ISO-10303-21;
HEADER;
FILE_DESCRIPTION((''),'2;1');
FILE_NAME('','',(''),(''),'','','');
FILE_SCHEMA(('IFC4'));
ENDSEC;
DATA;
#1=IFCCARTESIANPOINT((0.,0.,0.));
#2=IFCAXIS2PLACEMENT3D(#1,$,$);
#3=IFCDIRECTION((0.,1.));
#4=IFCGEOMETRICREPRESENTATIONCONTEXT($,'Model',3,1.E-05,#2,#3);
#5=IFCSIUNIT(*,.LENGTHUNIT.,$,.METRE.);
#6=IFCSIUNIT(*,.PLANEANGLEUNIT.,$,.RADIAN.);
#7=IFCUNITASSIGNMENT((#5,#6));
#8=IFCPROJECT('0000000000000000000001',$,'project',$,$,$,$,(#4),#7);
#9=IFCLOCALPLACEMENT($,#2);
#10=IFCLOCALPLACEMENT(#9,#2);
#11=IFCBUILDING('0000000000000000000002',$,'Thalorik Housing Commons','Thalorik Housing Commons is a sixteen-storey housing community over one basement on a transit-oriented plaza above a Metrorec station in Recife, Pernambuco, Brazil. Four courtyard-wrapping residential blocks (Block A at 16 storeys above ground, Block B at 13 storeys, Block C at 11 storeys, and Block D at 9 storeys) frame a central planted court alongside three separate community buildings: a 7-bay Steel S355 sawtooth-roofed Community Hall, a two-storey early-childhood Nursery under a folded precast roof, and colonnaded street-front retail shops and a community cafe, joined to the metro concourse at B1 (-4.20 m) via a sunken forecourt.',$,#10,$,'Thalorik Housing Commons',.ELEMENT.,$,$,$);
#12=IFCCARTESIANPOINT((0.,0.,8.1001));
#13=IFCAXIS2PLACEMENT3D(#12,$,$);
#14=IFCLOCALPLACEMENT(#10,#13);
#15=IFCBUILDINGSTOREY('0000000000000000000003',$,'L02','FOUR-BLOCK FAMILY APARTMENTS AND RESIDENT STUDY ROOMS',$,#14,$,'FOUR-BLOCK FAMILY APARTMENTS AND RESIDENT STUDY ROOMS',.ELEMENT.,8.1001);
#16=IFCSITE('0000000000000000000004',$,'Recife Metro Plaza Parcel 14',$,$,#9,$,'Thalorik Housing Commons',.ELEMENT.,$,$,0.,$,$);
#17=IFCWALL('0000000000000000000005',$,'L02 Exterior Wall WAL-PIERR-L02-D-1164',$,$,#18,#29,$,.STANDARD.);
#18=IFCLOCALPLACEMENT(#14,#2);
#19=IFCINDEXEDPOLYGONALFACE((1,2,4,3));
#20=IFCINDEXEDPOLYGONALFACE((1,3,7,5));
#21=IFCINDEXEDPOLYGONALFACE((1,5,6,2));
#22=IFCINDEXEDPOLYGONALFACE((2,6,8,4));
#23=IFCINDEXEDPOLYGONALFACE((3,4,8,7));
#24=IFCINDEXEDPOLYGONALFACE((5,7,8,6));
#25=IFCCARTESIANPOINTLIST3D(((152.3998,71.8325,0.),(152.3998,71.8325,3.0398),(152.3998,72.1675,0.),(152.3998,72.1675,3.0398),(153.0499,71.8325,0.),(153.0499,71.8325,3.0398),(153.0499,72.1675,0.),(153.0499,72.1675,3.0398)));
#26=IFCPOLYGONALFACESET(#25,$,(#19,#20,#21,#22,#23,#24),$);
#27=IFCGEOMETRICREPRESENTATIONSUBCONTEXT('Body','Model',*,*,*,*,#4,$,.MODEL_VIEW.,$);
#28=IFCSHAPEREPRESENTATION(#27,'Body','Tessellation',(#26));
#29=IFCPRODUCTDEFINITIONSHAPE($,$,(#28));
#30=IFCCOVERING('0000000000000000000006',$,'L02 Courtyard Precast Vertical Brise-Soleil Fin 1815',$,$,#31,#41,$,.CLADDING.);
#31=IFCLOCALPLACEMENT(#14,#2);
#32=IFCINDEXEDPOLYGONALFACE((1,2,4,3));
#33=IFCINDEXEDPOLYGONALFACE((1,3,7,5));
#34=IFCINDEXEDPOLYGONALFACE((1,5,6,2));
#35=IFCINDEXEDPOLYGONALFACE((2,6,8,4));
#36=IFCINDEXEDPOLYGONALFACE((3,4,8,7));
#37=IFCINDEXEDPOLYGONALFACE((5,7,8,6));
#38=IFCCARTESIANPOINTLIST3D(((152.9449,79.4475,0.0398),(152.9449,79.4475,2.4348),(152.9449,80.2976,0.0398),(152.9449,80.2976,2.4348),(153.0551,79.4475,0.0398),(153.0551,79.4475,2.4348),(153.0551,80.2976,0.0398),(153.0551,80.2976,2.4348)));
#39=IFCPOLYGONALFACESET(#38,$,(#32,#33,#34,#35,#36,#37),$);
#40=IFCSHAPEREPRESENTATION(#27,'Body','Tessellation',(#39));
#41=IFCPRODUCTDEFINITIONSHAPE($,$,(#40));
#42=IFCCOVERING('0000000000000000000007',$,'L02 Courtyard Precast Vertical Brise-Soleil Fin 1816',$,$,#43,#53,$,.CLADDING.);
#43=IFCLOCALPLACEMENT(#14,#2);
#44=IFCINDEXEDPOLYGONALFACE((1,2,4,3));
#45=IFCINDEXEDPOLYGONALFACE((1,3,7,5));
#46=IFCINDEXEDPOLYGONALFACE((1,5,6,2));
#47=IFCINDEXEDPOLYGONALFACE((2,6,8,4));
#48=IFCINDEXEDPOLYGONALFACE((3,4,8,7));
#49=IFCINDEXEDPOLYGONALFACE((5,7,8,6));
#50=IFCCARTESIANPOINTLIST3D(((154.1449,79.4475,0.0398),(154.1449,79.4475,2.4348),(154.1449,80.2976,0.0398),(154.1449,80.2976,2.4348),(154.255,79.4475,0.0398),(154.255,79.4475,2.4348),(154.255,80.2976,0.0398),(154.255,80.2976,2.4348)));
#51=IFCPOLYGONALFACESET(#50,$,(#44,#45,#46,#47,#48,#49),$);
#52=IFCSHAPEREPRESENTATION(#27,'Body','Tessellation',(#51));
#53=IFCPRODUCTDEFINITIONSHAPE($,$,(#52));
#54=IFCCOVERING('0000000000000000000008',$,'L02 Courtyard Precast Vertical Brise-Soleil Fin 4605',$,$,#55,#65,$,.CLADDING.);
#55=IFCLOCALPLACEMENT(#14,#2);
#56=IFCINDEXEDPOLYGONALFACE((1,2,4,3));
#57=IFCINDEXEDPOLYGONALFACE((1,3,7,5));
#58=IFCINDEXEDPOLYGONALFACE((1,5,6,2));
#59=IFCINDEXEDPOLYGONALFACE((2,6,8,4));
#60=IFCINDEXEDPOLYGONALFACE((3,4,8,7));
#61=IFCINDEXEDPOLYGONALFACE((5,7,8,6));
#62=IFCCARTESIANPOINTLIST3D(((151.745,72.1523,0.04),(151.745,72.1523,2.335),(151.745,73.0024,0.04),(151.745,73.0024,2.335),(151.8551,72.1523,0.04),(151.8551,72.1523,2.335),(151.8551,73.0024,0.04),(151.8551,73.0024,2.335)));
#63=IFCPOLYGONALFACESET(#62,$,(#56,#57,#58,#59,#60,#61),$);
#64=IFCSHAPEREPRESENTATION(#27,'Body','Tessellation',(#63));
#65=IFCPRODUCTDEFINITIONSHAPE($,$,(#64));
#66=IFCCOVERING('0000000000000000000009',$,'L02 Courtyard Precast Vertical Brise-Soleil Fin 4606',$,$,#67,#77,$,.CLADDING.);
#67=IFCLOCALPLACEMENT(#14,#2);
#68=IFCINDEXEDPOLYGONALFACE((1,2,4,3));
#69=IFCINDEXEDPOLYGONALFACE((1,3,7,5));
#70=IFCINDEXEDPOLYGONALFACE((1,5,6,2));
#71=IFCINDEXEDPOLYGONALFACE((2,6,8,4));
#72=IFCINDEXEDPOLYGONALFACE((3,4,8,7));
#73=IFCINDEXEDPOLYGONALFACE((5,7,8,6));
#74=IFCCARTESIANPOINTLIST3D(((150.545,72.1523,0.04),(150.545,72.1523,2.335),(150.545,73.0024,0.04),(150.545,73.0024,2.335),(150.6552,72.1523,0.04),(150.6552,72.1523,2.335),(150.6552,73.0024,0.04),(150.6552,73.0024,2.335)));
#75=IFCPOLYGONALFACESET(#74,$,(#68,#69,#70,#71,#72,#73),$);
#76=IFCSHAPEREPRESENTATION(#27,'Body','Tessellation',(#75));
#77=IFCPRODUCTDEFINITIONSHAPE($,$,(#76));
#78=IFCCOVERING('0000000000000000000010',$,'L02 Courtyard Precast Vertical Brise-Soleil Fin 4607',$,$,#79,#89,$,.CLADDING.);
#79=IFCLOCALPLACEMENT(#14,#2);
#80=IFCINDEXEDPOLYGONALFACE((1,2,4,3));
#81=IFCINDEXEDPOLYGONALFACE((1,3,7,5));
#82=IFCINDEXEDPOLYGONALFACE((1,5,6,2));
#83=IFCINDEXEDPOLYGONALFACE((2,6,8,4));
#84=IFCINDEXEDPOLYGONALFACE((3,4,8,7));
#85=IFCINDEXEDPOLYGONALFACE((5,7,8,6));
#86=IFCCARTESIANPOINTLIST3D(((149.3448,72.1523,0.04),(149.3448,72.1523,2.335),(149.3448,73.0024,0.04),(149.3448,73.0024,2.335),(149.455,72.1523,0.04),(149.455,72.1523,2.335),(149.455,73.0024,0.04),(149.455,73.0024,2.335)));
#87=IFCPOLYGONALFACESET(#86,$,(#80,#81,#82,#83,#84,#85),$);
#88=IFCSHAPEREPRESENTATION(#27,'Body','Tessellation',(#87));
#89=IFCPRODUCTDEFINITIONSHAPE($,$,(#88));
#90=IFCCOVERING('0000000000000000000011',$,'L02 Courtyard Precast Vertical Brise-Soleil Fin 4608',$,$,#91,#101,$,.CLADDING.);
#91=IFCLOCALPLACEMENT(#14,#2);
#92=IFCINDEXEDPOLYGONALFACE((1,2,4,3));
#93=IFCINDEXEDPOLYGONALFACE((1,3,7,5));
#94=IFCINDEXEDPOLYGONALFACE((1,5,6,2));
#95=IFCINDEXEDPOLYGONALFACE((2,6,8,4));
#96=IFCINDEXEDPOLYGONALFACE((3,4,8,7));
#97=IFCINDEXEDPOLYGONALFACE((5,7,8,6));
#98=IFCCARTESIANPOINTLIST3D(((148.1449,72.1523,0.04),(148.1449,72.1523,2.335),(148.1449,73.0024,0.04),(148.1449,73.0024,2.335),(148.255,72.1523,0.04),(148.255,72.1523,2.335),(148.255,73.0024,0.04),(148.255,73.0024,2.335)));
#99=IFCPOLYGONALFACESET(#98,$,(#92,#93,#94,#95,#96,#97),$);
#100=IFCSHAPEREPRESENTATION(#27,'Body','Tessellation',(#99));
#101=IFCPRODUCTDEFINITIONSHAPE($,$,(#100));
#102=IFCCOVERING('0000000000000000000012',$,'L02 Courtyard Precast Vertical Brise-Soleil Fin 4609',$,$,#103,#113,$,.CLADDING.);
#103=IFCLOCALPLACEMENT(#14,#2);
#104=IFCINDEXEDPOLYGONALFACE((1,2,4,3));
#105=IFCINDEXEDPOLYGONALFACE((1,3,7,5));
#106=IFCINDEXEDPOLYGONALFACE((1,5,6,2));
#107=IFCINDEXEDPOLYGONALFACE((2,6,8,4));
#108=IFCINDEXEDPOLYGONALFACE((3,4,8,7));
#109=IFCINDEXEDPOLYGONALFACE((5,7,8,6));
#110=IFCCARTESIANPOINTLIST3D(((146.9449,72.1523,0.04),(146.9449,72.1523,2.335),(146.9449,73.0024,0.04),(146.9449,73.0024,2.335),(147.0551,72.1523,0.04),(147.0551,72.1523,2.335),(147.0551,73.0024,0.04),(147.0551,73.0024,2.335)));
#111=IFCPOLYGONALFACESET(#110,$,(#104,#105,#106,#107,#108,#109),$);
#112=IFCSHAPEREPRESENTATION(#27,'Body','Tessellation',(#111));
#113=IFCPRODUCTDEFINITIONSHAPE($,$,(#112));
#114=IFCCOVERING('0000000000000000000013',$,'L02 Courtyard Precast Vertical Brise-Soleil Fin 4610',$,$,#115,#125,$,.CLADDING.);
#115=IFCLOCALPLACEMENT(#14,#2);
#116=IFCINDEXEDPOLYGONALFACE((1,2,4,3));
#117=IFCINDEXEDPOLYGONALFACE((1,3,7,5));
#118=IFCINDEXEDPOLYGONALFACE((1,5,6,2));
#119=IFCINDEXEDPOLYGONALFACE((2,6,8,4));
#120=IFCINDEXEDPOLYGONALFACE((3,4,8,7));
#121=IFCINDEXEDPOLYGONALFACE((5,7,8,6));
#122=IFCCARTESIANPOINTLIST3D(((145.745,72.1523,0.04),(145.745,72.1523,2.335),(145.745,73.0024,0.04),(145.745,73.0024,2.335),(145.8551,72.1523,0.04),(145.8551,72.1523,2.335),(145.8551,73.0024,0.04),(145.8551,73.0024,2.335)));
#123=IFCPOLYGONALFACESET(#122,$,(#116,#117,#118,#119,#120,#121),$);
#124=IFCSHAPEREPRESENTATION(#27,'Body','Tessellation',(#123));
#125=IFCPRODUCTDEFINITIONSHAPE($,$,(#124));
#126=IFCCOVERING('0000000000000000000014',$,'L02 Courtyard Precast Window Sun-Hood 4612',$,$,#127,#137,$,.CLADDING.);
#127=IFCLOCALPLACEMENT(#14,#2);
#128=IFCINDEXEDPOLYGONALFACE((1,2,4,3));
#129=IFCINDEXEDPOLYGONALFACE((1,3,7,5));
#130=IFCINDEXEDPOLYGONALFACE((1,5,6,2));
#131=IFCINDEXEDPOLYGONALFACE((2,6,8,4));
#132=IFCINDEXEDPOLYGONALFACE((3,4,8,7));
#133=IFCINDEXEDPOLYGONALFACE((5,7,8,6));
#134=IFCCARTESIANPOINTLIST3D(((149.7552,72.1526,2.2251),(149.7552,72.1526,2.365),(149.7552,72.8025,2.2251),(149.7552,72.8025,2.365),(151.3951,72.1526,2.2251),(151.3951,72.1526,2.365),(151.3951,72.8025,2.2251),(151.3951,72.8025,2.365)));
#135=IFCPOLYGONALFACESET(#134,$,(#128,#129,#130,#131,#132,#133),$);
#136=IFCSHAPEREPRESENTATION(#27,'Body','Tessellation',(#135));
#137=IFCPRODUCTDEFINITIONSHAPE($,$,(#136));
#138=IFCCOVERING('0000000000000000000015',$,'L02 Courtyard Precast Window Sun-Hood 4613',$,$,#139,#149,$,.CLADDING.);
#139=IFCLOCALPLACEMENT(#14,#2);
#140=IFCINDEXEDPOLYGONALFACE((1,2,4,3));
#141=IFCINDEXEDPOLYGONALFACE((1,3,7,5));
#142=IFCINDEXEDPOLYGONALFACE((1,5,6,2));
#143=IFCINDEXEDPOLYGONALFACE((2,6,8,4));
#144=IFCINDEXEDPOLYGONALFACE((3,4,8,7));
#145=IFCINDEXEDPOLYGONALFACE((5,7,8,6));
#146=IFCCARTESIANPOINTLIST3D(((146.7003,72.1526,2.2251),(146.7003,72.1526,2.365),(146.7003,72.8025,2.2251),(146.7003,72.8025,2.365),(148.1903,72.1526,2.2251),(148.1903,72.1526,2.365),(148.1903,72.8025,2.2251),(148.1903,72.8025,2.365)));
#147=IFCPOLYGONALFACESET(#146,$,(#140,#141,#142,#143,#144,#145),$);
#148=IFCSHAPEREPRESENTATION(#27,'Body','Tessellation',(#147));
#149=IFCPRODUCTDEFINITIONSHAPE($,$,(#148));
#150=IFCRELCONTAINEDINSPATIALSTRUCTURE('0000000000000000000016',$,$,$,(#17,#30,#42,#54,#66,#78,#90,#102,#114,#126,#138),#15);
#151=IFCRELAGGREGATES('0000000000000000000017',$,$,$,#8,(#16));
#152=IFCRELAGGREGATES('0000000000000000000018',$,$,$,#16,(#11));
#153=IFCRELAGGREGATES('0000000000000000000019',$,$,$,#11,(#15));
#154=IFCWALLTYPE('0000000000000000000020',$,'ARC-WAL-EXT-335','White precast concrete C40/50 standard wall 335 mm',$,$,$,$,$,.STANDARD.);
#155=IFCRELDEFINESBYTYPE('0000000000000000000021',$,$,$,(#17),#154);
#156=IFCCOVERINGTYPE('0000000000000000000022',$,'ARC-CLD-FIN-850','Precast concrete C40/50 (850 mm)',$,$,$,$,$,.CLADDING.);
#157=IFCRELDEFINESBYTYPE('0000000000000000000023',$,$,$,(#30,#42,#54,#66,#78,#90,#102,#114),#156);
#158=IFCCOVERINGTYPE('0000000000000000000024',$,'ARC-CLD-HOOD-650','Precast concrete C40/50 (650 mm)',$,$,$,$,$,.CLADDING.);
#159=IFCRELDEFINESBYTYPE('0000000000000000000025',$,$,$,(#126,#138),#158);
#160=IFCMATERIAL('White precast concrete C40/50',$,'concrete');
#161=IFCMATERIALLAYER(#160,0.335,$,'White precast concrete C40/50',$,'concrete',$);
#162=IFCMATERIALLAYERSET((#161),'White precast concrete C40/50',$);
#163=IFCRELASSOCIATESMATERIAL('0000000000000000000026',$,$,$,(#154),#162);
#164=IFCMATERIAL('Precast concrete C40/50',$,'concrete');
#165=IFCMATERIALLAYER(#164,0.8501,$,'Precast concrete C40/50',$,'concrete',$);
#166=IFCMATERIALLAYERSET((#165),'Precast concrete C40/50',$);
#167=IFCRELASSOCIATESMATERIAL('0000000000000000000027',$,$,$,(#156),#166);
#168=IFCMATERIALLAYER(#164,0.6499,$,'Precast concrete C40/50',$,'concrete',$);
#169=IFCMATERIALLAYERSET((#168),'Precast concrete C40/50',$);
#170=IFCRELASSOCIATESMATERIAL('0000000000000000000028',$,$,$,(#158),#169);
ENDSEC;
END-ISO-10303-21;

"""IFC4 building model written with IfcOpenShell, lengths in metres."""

from ifc_helpers import new_model, si_unit, direction, frame, frame_2d, origin, origin_2d, place, context, subcontext, project, spatial, rectangle, extrude, material, layer, layer_set, type_object, element, save


model = new_model("IFC4")

# Units and contexts
model_context = context("Model", 3, precision=1e-05, world=origin(), true_north=direction((0.0, 1.0)))
body_context = subcontext(model_context, "Body", "Model", "MODEL_VIEW")
ifc_project = project(units=[si_unit("LENGTHUNIT", "METRE"), si_unit("PLANEANGLEUNIT", "RADIAN")], contexts=[model_context])

# Site, building, storey
site_placement = place(None, origin())
site = spatial("IfcSite", under=ifc_project, at=site_placement, Name="Recife Metro Plaza Parcel 14", LongName="Thalorik Housing Commons", CompositionType="ELEMENT", RefElevation=0.0)
building_placement = place(site_placement, origin())
building = spatial("IfcBuilding", under=site, at=building_placement, Name="Thalorik Housing Commons", Description="Thalorik Housing Commons is a sixteen-storey housing community over one basement on a transit-oriented plaza above a Metrorec station in Recife, Pernambuco, Brazil. Four courtyard-wrapping residential blocks (Block A at 16 storeys above ground, Block B at 13 storeys, Block C at 11 storeys, and Block D at 9 storeys) frame a central planted court alongside three separate community buildings: a 7-bay Steel S355 sawtooth-roofed Community Hall, a two-storey early-childhood Nursery under a folded precast roof, and colonnaded street-front retail shops and a community cafe, joined to the metro concourse at B1 (-4.20 m) via a sunken forecourt.", LongName="Thalorik Housing Commons", CompositionType="ELEMENT")
storey_placement = place(building_placement, frame((0.0, 0.0, 8.1001)))
storey = spatial("IfcBuildingStorey", under=building, at=storey_placement, Name="L02", Description="FOUR-BLOCK FAMILY APARTMENTS AND RESIDENT STUDY ROOMS", LongName="FOUR-BLOCK FAMILY APARTMENTS AND RESIDENT STUDY ROOMS", CompositionType="ELEMENT", Elevation=8.1001)

# Shared definitions
ifc_material_1 = material(Name="Precast concrete C40/50", Category="concrete")

# Shared definitions
ifc_material_2 = material(Name="White precast concrete C40/50", Category="concrete")
ifc_layer_1 = layer(ifc_material_2, 0.335, Name="White precast concrete C40/50", Category="concrete")
ifc_layer_set_1 = layer_set([ifc_layer_1], Name="White precast concrete C40/50")
wall_type_1 = type_object("IfcWallType", Name="ARC-WAL-EXT-335", Description="White precast concrete C40/50 standard wall 335 mm", PredefinedType="STANDARD", material=ifc_layer_set_1)

# Wall
wall_1_placement = place(storey_placement, frame((153.05, 72.0, 0.0), z_axis=(0.0, 0.0, 1.0), x_axis=(-1.0, 0.0, 0.0)))
element("IfcWall", 1, at=wall_1_placement, inside=storey, type_object=wall_type_1, Name="L02 Exterior Wall WAL-PIERR-L02-D-1164", PredefinedType="STANDARD", context=body_context, shape_type="SweptSolid", body=[
    extrude(rectangle(XDim=0.6501, YDim=0.335, at=frame_2d((0.3252, 0.0))), origin(), (0.0, 0.0, 1.0), 3.0398),
])

# Coverings
ifc_layer_2 = layer(ifc_material_1, 0.8501, Name="Precast concrete C40/50", Category="concrete")
ifc_layer_set_2 = layer_set([ifc_layer_2], Name="Precast concrete C40/50")
covering_type_1 = type_object("IfcCoveringType", Name="ARC-CLD-FIN-850", Description="Precast concrete C40/50 (850 mm)", PredefinedType="CLADDING", material=ifc_layer_set_2)
for number, where, z_axis, x_axis, name in (
    (2, (153.0, 79.8726, 0.0398), (0.0, 0.0, 1.0), (1.0, 0.0, 0.0), "L02 Courtyard Precast Vertical Brise-Soleil Fin 1815"),
    (3, (154.2, 79.8726, 0.0398), (0.0, 0.0, 1.0), (1.0, 0.0, 0.0), "L02 Courtyard Precast Vertical Brise-Soleil Fin 1816"),
):
    element("IfcCovering", number, at=place(storey_placement, frame(where, z_axis=z_axis, x_axis=x_axis)), inside=storey, type_object=covering_type_1, Name=name, PredefinedType="CLADDING", context=body_context, shape_type="SweptSolid", body=[
        extrude(rectangle(XDim=0.1101, YDim=0.8501, at=origin_2d()), origin(), (0.0, 0.0, 1.0), 2.395),
    ])
for number, where, z_axis, x_axis, name in (
    (4, (151.8, 72.5774, 0.04), (0.0, 0.0, 1.0), (-1.0, 0.0, 0.0), "L02 Courtyard Precast Vertical Brise-Soleil Fin 4605"),
    (5, (150.6001, 72.5774, 0.04), (0.0, 0.0, 1.0), (-1.0, 0.0, 0.0), "L02 Courtyard Precast Vertical Brise-Soleil Fin 4606"),
    (6, (149.3999, 72.5774, 0.04), (0.0, 0.0, 1.0), (-1.0, 0.0, 0.0), "L02 Courtyard Precast Vertical Brise-Soleil Fin 4607"),
    (7, (148.2, 72.5774, 0.04), (0.0, 0.0, 1.0), (-1.0, 0.0, 0.0), "L02 Courtyard Precast Vertical Brise-Soleil Fin 4608"),
    (8, (147.0, 72.5774, 0.04), (0.0, 0.0, 1.0), (-1.0, 0.0, 0.0), "L02 Courtyard Precast Vertical Brise-Soleil Fin 4609"),
    (9, (145.8, 72.5774, 0.04), (0.0, 0.0, 1.0), (-1.0, 0.0, 0.0), "L02 Courtyard Precast Vertical Brise-Soleil Fin 4610"),
):
    element("IfcCovering", number, at=place(storey_placement, frame(where, z_axis=z_axis, x_axis=x_axis)), inside=storey, type_object=covering_type_1, Name=name, PredefinedType="CLADDING", context=body_context, shape_type="SweptSolid", body=[
        extrude(rectangle(XDim=0.1101, YDim=0.8501, at=origin_2d()), origin(), (0.0, 0.0, 1.0), 2.2949),
    ])
ifc_layer_3 = layer(ifc_material_1, 0.6499, Name="Precast concrete C40/50", Category="concrete")
ifc_layer_set_3 = layer_set([ifc_layer_3], Name="Precast concrete C40/50")
covering_type_2 = type_object("IfcCoveringType", Name="ARC-CLD-HOOD-650", Description="Precast concrete C40/50 (650 mm)", PredefinedType="CLADDING", material=ifc_layer_set_3)
covering_1_placement = place(storey_placement, frame((150.5752, 72.4775, 2.2251), z_axis=(0.0, 0.0, 1.0), x_axis=(-1.0, 0.0, 0.0)))
element("IfcCovering", 10, at=covering_1_placement, inside=storey, type_object=covering_type_2, Name="L02 Courtyard Precast Window Sun-Hood 4612", PredefinedType="CLADDING", context=body_context, shape_type="SweptSolid", body=[
    extrude(rectangle(XDim=1.6399, YDim=0.6499, at=origin_2d()), origin(), (0.0, 0.0, 1.0), 0.1399),
])
covering_2_placement = place(storey_placement, frame((147.4453, 72.4775, 2.2251), z_axis=(0.0, 0.0, 1.0), x_axis=(-1.0, 0.0, 0.0)))
element("IfcCovering", 11, at=covering_2_placement, inside=storey, type_object=covering_type_2, Name="L02 Courtyard Precast Window Sun-Hood 4613", PredefinedType="CLADDING", context=body_context, shape_type="SweptSolid", body=[
    extrude(rectangle(XDim=1.49, YDim=0.6499, at=origin_2d()), origin(), (0.0, 0.0, 1.0), 0.1399),
])

save(model, "model.ifc")
